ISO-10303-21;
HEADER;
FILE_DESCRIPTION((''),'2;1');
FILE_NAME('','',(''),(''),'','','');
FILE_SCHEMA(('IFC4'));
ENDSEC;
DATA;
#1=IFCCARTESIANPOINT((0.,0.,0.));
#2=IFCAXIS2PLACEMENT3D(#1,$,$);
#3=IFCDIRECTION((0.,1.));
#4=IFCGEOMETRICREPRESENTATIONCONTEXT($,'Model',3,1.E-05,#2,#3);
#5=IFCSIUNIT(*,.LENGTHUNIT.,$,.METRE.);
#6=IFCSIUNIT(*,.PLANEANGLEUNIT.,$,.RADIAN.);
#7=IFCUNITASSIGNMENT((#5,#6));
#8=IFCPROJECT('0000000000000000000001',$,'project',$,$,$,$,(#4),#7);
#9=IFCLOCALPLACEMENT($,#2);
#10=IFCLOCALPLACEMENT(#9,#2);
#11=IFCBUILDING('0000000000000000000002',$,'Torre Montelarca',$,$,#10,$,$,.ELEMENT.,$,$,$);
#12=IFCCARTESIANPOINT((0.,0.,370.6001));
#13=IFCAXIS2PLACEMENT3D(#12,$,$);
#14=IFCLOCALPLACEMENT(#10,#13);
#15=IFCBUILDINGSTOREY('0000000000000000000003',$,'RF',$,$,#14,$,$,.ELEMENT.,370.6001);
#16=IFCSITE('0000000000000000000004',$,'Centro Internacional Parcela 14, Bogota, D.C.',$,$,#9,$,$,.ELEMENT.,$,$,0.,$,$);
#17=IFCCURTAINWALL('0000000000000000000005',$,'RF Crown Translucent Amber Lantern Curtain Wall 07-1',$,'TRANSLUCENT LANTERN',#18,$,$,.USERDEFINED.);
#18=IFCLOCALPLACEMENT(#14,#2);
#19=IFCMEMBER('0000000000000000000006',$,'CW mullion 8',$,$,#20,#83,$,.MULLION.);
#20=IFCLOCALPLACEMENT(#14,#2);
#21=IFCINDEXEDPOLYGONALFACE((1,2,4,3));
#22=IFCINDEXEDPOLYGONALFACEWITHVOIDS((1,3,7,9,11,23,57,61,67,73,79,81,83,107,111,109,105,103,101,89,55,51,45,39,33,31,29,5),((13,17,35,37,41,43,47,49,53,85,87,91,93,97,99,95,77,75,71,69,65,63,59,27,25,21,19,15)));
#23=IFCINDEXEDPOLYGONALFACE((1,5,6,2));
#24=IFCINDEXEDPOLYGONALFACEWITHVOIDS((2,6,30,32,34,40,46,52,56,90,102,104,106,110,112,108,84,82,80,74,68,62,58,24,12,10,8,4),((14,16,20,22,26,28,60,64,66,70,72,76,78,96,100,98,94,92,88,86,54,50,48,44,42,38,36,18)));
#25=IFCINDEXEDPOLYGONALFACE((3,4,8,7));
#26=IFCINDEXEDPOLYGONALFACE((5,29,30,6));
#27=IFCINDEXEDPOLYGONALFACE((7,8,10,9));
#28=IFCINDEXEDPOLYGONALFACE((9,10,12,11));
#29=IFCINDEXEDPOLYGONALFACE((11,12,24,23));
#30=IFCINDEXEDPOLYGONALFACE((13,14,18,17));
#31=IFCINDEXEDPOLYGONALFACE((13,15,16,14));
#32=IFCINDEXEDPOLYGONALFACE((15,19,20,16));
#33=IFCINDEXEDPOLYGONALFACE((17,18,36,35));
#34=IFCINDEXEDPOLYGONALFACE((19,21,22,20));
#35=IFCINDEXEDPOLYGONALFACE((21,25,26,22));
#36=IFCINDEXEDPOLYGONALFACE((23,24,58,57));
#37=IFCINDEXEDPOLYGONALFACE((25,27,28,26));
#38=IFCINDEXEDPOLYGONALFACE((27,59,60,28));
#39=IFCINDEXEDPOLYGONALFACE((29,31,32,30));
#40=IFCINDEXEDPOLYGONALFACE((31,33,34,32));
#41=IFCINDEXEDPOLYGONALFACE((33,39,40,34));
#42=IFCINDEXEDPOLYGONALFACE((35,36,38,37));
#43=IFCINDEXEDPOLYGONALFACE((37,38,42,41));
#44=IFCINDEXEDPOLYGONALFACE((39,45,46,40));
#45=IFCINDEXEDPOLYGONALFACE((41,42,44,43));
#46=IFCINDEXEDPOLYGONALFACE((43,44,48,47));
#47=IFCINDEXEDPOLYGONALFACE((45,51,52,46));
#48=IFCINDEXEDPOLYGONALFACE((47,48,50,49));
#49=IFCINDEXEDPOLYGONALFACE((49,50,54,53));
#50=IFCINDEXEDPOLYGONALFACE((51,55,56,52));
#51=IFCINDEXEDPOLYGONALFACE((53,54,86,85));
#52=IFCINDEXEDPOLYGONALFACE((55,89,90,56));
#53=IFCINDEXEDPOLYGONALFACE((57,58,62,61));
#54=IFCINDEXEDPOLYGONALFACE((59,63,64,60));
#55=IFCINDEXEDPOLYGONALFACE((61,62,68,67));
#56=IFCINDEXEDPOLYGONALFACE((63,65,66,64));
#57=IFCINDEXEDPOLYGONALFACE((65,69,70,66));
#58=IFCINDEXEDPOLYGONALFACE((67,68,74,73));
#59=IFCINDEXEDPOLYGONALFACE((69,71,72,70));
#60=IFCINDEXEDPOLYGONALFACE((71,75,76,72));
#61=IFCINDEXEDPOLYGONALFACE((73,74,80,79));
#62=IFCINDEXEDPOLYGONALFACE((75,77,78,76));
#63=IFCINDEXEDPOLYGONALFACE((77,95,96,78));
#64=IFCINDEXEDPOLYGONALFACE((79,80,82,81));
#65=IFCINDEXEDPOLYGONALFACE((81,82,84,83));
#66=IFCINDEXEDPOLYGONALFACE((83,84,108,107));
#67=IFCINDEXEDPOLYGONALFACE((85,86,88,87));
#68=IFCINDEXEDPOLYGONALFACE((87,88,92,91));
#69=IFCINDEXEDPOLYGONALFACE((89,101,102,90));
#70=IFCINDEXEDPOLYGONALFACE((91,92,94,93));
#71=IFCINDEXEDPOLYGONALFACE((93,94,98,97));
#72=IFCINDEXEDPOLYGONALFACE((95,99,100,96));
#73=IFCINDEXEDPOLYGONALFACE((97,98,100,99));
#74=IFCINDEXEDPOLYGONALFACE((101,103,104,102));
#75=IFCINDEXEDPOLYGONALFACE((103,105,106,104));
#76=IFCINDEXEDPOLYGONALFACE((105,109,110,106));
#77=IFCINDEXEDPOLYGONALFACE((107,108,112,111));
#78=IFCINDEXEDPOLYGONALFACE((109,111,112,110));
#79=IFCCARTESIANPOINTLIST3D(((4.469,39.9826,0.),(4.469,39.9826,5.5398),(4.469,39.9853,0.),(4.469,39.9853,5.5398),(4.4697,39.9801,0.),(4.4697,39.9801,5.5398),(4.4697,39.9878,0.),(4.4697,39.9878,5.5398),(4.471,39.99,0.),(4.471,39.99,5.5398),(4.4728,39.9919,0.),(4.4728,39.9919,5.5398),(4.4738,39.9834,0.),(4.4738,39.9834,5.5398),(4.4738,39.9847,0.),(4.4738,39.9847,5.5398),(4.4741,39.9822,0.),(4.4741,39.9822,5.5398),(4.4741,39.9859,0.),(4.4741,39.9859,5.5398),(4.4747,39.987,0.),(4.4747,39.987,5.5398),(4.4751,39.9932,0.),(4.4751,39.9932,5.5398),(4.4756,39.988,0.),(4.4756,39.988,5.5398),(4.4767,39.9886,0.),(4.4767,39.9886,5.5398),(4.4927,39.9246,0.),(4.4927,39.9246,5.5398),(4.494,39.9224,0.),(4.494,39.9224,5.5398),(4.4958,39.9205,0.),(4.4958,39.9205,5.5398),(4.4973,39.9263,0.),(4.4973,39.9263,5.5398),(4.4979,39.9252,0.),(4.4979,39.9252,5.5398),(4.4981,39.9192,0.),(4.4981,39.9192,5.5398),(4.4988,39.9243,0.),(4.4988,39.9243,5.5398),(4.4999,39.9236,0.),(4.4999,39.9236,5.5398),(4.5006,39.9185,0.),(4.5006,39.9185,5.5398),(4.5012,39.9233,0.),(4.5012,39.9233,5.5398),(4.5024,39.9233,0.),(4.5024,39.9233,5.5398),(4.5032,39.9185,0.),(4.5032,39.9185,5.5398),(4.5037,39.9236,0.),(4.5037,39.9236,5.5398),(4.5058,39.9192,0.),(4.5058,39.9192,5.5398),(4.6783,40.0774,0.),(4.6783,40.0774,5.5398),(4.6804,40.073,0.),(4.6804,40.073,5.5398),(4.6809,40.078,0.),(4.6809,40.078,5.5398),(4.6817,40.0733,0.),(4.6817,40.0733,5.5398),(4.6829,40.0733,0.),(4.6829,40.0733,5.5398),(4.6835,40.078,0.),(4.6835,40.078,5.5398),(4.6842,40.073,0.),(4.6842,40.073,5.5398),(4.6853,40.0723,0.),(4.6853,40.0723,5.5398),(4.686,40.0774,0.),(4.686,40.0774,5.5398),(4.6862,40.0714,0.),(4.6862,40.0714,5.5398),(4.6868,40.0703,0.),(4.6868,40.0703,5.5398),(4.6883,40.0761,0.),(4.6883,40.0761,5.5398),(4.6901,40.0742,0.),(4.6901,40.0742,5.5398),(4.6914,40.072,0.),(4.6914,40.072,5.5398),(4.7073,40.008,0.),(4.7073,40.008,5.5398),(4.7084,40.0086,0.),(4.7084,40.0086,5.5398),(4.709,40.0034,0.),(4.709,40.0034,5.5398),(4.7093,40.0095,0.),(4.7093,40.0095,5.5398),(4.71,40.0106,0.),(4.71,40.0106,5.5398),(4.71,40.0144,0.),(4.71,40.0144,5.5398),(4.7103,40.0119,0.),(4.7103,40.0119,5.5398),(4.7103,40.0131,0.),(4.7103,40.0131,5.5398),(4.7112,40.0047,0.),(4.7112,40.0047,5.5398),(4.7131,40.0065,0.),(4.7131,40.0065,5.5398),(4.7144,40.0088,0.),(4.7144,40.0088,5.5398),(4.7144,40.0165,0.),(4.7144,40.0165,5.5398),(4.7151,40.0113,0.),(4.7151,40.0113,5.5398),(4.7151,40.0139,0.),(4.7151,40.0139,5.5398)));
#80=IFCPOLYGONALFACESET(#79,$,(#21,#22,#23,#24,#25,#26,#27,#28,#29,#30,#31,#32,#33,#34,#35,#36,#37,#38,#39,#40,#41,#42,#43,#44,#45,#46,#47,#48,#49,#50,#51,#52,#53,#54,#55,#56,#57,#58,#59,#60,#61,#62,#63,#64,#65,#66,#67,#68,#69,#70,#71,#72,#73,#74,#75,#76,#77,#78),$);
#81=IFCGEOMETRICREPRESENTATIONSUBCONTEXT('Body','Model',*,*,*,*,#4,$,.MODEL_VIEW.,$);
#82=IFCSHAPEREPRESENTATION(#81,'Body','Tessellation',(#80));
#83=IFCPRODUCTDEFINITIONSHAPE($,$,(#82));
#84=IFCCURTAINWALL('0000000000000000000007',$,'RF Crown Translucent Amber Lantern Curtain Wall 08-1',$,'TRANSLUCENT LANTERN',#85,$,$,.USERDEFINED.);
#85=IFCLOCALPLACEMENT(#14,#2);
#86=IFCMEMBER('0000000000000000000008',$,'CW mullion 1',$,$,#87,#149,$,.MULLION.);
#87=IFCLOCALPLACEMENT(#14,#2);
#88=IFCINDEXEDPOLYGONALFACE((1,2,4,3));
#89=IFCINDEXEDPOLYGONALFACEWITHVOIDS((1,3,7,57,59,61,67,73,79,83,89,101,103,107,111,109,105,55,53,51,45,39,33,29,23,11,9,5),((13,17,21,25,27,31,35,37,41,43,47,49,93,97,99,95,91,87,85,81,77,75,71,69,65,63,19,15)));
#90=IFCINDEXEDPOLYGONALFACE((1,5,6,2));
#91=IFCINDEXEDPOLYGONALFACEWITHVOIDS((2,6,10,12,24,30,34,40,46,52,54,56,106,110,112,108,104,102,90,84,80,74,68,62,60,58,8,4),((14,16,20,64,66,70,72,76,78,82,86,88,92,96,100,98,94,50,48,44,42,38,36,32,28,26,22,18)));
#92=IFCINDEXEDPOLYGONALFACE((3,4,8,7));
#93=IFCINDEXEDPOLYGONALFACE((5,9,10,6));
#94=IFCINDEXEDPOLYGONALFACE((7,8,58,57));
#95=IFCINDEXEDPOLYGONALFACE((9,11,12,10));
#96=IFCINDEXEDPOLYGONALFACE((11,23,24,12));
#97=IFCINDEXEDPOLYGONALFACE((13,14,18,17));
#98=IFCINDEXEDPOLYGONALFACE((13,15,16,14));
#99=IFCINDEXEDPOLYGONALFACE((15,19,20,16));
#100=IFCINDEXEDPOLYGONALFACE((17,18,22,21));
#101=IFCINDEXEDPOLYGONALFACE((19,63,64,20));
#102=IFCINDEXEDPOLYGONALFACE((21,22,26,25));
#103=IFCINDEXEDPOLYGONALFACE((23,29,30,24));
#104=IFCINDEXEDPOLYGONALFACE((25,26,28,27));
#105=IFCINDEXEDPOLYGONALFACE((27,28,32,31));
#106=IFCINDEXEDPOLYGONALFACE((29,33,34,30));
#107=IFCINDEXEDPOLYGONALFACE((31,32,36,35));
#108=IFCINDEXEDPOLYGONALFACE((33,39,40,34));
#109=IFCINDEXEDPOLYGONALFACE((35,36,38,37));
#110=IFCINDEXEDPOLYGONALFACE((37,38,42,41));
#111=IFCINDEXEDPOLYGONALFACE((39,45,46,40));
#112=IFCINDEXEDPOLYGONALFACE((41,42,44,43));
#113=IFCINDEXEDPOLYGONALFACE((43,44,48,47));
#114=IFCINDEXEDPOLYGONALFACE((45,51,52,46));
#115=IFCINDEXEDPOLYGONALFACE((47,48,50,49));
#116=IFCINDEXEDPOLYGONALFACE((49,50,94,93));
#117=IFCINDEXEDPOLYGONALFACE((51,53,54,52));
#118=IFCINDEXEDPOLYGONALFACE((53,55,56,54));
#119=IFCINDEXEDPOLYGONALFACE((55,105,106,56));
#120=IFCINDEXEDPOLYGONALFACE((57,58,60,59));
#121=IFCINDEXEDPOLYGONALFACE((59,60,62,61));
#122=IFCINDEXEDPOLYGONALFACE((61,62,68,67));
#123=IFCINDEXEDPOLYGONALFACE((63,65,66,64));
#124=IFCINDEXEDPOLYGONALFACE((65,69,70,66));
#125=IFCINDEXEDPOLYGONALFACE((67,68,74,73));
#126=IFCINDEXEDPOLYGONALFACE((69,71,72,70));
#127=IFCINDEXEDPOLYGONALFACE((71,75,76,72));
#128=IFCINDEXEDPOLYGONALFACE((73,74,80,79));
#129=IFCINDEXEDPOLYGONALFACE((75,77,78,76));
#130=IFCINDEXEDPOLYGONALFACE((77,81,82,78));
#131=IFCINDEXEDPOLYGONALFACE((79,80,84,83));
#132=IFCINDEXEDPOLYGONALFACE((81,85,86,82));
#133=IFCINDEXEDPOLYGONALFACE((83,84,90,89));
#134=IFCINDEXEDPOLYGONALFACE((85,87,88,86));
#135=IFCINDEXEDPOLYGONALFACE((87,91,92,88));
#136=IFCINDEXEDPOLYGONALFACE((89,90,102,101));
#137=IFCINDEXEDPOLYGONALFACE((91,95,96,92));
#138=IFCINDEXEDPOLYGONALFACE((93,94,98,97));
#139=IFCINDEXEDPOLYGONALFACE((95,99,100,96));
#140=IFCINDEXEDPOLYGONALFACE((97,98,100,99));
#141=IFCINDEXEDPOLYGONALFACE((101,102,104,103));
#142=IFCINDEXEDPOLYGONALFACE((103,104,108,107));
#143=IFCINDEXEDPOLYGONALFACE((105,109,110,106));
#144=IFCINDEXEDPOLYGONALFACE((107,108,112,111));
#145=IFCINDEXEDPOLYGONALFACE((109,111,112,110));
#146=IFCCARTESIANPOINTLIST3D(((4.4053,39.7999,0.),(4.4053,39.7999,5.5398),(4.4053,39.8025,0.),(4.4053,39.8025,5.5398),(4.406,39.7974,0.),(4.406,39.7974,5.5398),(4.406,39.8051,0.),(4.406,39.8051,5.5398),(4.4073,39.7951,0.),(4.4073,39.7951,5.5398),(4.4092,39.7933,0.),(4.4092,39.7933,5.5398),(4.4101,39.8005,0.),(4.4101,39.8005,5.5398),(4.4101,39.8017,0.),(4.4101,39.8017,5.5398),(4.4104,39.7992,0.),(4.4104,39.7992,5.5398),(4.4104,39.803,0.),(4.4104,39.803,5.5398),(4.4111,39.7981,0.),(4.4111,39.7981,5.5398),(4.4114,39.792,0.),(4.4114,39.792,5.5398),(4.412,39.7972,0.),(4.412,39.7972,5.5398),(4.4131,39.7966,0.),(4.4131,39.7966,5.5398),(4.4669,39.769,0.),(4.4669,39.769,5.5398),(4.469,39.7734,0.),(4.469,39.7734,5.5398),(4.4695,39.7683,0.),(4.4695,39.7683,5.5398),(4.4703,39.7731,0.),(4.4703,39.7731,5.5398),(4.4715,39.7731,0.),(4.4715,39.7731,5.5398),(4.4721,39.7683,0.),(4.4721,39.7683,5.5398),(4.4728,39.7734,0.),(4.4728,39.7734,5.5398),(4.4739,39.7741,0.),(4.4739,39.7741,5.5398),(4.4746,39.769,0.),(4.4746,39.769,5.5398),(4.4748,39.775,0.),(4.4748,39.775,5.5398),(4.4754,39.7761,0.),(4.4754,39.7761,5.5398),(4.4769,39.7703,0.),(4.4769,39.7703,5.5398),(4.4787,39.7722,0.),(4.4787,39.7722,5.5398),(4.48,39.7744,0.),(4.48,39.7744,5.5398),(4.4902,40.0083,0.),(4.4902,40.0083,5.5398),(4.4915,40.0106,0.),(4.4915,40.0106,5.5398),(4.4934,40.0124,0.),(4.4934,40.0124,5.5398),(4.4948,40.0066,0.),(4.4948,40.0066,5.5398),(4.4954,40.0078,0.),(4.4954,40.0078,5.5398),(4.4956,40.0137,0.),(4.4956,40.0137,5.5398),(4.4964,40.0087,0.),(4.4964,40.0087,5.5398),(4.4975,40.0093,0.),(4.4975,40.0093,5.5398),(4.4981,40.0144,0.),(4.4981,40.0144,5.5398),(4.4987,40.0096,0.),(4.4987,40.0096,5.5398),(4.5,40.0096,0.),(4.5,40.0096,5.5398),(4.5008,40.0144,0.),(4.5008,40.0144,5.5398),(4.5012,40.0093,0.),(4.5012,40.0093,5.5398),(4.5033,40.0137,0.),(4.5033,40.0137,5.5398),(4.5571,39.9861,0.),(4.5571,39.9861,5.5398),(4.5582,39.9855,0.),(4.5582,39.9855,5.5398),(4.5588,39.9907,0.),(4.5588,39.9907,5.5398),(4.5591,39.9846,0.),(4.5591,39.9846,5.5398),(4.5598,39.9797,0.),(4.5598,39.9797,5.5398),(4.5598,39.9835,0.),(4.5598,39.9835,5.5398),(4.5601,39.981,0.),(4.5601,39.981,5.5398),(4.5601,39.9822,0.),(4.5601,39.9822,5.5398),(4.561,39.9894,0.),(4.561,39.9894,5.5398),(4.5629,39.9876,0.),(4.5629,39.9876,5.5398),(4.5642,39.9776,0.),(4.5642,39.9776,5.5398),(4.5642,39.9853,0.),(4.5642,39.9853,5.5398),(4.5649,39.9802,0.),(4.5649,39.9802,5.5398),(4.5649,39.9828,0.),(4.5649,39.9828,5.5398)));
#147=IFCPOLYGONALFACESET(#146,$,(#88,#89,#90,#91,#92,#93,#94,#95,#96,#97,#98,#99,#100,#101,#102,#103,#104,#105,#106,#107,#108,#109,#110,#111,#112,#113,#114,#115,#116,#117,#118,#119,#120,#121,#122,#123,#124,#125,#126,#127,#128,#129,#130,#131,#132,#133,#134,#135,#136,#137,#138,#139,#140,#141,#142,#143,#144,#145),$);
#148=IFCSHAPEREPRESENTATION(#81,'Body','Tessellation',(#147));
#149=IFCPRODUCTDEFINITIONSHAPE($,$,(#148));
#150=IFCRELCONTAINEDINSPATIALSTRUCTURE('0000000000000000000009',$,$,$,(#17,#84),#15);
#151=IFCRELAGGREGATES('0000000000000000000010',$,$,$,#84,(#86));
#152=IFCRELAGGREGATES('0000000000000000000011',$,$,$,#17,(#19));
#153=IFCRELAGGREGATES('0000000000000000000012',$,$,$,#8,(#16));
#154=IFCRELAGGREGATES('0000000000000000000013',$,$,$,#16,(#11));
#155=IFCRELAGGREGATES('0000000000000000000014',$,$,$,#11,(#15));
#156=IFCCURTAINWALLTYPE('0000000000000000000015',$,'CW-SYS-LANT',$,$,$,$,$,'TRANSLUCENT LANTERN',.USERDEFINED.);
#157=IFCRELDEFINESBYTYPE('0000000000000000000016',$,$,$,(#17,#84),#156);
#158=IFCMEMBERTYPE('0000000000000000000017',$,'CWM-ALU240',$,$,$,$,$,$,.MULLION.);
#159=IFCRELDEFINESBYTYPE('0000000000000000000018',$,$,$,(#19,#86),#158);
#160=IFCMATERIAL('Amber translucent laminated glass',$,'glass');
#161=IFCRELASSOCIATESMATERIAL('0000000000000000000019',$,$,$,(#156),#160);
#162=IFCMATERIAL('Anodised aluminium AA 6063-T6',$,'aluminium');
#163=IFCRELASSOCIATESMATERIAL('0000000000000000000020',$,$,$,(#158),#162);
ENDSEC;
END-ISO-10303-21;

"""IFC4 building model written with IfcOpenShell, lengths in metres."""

from ifc_helpers import new_model, si_unit, direction, frame, origin, origin_2d, place, context, subcontext, project, spatial, hollow_rectangle, extrude, source, transform, mapped, material, material_profile, profile_set, type_object, element, aggregate, save


model = new_model("IFC4")

# Units and contexts
model_context = context("Model", 3, precision=1e-05, world=origin(), true_north=direction((0.0, 1.0)))
body_context = subcontext(model_context, "Body", "Model", "MODEL_VIEW")
ifc_project = project(units=[si_unit("LENGTHUNIT", "METRE"), si_unit("PLANEANGLEUNIT", "RADIAN")], contexts=[model_context])

# Site, building, storey
site_placement = place(None, origin())
site = spatial("IfcSite", under=ifc_project, at=site_placement, Name="Centro Internacional Parcela 14, Bogota, D.C.", CompositionType="ELEMENT", RefElevation=0.0)
building_placement = place(site_placement, origin())
building = spatial("IfcBuilding", under=site, at=building_placement, Name="Torre Montelarca", CompositionType="ELEMENT")
storey_placement = place(building_placement, frame((0.0, 0.0, 370.6001)))
storey = spatial("IfcBuildingStorey", under=building, at=storey_placement, Name="RF", CompositionType="ELEMENT", Elevation=370.6001)

# Curtain wall, member
ifc_material_1 = material(Name="Amber translucent laminated glass", Category="glass")
curtain_wall_type = type_object("IfcCurtainWallType", Name="CW-SYS-LANT", ElementType="TRANSLUCENT LANTERN", PredefinedType="USERDEFINED", material=ifc_material_1)
curtain_wall_1_placement = place(storey_placement, origin())
curtain_wall_1 = element("IfcCurtainWall", 1, at=curtain_wall_1_placement, inside=storey, type_object=curtain_wall_type, Name="RF Crown Translucent Amber Lantern Curtain Wall 07-1", ObjectType="TRANSLUCENT LANTERN", PredefinedType="USERDEFINED")
ifc_material_2 = material(Name="Anodised aluminium AA 6063-T6", Category="aluminium")
ifc_material_profile_1 = material_profile(ifc_material_2, hollow_rectangle(XDim=0.0801, YDim=0.24, WallThickness=0.0049, InnerFilletRadius=0.0049, OuterFilletRadius=0.01, at=origin_2d()), Name="ALU80X240X5", Category="aluminium")
ifc_profile_set_1 = profile_set([ifc_material_profile_1], Name="Anodised aluminium AA 6063-T6")
member_type_1 = type_object("IfcMemberType", Name="CWM-ALU240", PredefinedType="MULLION", material=ifc_profile_set_1)
shared_shape_1 = source(origin(), body_context, "Body", "SweptSolid", [
    extrude(hollow_rectangle(XDim=0.0801, YDim=0.24, WallThickness=0.0049, InnerFilletRadius=0.0049, OuterFilletRadius=0.01, at=origin_2d()), origin(), (0.0, 0.0, 1.0), 5.5398),
])
member_1_placement = place(storey_placement, frame((4.592, 39.9983, 0.0), z_axis=(0.0, 0.0, 1.0), x_axis=(0.382689, -0.923877, 0.0)))
member_1 = element("IfcMember", 2, at=member_1_placement, type_object=member_type_1, Name="CW mullion 8", PredefinedType="MULLION", context=body_context, shape_type="MappedRepresentation", body=[
    mapped(shared_shape_1, transform((0.0, 0.0, 0.0), scale=1.0)),
])

# Curtain wall, member
curtain_wall_2_placement = place(storey_placement, origin())
curtain_wall_2 = element("IfcCurtainWall", 3, at=curtain_wall_2_placement, inside=storey, type_object=curtain_wall_type, Name="RF Crown Translucent Amber Lantern Curtain Wall 08-1", ObjectType="TRANSLUCENT LANTERN", PredefinedType="USERDEFINED")
member_2_placement = place(storey_placement, frame((4.4851, 39.8914, 0.0), z_axis=(0.0, 0.0, 1.0), x_axis=(0.923873, -0.3827, 0.0)))
member_2 = element("IfcMember", 4, at=member_2_placement, type_object=member_type_1, Name="CW mullion 1", PredefinedType="MULLION", context=body_context, shape_type="MappedRepresentation", body=[
    mapped(shared_shape_1, transform((0.0, 0.0, 0.0), scale=1.0)),
])

aggregate(curtain_wall_2, [member_2])

aggregate(curtain_wall_1, [member_1])

save(model, "model.ifc")
